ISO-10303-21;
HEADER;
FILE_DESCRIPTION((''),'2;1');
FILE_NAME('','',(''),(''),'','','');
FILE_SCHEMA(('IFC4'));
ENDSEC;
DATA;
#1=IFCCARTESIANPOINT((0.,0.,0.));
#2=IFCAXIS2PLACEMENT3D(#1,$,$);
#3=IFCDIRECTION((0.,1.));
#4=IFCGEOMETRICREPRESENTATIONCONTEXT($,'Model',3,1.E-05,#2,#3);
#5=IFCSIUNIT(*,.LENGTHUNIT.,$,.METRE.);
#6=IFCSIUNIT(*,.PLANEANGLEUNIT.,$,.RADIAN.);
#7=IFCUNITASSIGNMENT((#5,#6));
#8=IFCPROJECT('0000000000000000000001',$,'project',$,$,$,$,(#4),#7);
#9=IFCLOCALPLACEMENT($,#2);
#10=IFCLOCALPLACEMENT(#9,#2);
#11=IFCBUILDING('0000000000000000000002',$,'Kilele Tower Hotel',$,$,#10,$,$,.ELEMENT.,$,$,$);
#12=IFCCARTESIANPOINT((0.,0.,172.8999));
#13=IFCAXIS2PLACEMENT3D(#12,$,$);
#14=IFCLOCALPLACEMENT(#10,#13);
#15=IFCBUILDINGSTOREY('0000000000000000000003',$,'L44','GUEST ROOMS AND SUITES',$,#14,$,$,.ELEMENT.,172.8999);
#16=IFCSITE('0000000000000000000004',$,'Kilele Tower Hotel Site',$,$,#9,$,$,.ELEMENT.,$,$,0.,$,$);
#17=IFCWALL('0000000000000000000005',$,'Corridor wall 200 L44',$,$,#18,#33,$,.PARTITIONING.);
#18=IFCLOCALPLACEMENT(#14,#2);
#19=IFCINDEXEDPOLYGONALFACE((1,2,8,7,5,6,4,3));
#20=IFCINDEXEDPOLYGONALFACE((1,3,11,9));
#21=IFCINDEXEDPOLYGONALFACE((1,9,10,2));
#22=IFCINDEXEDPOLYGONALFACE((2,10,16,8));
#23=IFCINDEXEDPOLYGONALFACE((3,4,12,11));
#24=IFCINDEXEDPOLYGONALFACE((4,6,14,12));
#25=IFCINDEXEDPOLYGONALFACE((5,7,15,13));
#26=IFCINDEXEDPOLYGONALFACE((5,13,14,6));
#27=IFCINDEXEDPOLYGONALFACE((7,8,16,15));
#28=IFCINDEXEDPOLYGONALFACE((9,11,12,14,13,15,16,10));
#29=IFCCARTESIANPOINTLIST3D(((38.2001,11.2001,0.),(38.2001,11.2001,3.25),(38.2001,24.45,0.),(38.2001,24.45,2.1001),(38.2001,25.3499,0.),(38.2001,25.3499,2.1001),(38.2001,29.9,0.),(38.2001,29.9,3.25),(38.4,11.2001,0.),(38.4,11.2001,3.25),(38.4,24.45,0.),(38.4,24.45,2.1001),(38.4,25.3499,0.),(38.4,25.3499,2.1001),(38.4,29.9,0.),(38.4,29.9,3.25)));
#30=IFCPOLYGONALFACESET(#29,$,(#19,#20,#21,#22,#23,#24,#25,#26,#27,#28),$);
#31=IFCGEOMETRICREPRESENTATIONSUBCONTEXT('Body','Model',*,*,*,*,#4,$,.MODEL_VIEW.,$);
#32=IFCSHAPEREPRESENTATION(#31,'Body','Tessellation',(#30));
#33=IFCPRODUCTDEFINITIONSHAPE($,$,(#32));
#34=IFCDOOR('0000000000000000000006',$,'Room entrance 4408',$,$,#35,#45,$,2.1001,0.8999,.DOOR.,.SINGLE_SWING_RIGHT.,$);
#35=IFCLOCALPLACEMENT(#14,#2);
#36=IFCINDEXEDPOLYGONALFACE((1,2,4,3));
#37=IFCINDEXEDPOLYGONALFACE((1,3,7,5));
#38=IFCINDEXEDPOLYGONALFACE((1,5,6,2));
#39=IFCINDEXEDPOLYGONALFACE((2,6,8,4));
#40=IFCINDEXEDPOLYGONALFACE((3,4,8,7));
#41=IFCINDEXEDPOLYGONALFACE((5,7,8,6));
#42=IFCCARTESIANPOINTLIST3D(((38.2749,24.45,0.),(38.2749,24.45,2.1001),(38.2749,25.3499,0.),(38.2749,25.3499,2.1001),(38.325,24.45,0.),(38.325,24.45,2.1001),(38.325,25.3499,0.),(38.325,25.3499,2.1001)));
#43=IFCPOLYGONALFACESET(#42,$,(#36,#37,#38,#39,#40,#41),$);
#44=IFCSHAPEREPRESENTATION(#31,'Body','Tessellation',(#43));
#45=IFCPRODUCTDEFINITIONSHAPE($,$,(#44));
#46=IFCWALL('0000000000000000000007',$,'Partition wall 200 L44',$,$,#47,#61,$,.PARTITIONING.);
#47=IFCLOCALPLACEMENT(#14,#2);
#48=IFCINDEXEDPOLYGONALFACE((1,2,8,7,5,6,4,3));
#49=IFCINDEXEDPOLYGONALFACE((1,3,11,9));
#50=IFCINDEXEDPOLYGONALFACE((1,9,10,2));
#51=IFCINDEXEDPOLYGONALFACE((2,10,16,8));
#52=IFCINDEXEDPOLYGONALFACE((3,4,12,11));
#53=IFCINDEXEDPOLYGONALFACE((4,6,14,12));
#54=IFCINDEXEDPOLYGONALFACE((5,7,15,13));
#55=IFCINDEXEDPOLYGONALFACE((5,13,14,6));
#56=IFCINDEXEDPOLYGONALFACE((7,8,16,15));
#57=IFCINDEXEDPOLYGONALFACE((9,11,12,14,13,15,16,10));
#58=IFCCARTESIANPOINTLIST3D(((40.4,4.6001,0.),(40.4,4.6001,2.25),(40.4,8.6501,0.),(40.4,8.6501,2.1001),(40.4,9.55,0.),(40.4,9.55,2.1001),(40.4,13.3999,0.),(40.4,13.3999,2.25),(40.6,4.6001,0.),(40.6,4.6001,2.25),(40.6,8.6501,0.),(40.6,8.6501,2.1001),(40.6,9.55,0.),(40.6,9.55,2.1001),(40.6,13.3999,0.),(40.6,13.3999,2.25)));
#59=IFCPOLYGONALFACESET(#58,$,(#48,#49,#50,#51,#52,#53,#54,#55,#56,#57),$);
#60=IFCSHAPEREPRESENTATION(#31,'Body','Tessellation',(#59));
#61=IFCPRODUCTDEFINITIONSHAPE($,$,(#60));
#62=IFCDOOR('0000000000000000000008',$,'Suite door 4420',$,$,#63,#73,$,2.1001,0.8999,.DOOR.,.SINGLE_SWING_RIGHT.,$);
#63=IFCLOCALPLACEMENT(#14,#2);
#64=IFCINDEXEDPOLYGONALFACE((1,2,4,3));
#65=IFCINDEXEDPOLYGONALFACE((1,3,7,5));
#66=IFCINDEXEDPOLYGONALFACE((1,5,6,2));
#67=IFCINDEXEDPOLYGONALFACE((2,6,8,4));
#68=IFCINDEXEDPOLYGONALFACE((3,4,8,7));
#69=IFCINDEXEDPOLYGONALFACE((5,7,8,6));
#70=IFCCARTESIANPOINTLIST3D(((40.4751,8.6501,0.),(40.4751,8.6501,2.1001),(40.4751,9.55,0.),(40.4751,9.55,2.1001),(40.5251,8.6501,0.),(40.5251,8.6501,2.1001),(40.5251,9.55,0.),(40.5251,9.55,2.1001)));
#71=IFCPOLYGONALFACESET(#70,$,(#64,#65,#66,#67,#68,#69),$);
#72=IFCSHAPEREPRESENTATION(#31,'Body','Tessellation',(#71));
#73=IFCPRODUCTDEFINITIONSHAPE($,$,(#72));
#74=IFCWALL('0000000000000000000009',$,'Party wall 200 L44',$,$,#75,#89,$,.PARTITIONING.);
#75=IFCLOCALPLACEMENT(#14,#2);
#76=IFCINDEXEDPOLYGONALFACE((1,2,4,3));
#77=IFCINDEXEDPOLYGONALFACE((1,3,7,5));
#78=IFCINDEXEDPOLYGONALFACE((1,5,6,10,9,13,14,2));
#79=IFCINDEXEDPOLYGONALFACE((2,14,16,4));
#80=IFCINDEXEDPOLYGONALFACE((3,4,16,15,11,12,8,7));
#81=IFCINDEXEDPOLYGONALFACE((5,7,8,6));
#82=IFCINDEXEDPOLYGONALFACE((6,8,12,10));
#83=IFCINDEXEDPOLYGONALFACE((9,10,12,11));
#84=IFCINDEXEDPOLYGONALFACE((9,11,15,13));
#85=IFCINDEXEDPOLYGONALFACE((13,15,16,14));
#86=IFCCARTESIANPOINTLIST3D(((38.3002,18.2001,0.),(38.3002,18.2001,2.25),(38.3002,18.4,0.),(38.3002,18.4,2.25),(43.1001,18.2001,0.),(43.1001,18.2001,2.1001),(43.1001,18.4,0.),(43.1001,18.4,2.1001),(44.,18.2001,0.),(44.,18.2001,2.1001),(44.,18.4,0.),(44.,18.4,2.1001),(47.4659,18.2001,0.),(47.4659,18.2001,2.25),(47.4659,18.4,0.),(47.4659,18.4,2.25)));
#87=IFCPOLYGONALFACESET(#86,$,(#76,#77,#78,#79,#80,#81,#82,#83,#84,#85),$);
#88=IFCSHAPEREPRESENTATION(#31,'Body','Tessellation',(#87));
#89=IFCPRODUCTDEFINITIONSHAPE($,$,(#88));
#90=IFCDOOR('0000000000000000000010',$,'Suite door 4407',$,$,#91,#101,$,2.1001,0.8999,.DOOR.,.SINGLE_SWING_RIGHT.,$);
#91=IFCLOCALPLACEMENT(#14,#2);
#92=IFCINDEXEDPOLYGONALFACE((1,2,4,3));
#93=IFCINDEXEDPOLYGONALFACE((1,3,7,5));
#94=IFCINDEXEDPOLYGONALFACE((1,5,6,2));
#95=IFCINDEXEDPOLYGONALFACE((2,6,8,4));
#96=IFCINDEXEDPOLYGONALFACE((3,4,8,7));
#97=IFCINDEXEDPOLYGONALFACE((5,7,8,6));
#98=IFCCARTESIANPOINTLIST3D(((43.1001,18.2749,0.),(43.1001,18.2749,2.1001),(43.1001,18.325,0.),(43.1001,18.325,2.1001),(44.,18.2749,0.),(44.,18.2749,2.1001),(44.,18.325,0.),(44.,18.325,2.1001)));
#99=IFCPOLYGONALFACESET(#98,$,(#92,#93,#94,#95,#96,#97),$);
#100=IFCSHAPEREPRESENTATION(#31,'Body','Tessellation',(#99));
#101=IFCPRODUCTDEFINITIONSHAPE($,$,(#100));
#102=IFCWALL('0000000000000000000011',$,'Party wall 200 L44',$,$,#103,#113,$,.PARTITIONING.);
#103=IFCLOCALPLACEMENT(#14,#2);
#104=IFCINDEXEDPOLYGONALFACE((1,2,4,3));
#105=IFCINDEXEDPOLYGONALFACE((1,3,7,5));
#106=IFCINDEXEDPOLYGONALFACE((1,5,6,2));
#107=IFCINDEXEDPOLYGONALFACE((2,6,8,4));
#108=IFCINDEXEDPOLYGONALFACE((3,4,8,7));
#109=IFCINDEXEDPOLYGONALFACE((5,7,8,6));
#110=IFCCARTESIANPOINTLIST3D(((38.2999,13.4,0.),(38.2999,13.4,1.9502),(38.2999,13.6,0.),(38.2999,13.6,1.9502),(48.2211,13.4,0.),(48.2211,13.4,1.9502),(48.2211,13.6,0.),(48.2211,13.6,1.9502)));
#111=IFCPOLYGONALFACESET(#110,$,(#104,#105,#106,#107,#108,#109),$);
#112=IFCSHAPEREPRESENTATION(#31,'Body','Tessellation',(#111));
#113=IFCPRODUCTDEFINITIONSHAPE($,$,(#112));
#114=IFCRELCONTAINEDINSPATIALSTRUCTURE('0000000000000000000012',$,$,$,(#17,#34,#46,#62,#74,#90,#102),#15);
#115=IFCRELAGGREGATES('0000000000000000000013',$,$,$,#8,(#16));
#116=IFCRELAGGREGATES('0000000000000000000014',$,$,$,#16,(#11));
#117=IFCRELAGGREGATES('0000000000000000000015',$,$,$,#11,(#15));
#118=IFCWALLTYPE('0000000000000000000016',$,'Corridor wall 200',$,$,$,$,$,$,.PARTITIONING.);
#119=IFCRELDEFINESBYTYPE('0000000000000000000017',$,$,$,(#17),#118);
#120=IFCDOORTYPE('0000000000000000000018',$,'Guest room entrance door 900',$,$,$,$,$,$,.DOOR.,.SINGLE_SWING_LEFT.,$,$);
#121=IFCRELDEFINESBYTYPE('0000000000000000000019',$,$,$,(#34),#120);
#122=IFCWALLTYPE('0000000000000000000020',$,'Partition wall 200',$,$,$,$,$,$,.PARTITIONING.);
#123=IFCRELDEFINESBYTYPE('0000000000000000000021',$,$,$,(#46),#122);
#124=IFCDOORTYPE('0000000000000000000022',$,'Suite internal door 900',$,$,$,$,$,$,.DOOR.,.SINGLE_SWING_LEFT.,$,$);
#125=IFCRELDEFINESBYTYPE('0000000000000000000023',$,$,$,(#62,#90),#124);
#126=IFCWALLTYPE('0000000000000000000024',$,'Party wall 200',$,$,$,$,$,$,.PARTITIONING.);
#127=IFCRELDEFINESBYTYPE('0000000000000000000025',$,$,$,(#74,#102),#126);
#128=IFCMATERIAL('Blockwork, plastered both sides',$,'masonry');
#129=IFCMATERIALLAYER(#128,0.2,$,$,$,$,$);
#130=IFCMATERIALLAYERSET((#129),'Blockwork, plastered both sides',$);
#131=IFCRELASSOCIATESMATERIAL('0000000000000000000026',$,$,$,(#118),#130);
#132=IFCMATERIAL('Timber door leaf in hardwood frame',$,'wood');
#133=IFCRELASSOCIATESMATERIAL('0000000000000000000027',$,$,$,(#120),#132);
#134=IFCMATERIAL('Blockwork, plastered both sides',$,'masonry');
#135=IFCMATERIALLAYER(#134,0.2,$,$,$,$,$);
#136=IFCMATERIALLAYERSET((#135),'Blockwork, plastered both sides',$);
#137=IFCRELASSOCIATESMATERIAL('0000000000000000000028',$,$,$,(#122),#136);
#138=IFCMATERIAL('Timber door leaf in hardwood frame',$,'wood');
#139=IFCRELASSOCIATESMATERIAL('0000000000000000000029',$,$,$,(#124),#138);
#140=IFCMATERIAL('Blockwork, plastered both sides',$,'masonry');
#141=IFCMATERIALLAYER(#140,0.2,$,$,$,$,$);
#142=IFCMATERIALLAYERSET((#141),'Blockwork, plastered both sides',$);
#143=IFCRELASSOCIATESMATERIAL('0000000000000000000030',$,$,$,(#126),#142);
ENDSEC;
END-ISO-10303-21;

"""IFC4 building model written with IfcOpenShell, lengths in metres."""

from ifc_helpers import new_model, si_unit, direction, frame, frame_2d, origin, place, context, subcontext, project, spatial, rectangle, extrude, material, layer, layer_set, type_object, element, fill, save


model = new_model("IFC4")

# Units and contexts
model_context = context("Model", 3, precision=1e-05, world=origin(), true_north=direction((0.0, 1.0)))
body_context = subcontext(model_context, "Body", "Model", "MODEL_VIEW")
ifc_project = project(units=[si_unit("LENGTHUNIT", "METRE"), si_unit("PLANEANGLEUNIT", "RADIAN")], contexts=[model_context])

# Site, building, storey
site_placement = place(None, origin())
site = spatial("IfcSite", under=ifc_project, at=site_placement, Name="Kilele Tower Hotel Site", CompositionType="ELEMENT", RefElevation=0.0)
building_placement = place(site_placement, origin())
building = spatial("IfcBuilding", under=site, at=building_placement, Name="Kilele Tower Hotel", CompositionType="ELEMENT")
storey_placement = place(building_placement, frame((0.0, 0.0, 172.8999)))
storey = spatial("IfcBuildingStorey", under=building, at=storey_placement, Name="L44", Description="GUEST ROOMS AND SUITES", CompositionType="ELEMENT", Elevation=172.8999)

# Walls, openings, doors
ifc_material_1 = material(Name="Blockwork, plastered both sides", Category="masonry")
ifc_layer_1 = layer(ifc_material_1, 0.2)
ifc_layer_set_1 = layer_set([ifc_layer_1], Name="Blockwork, plastered both sides")
wall_type_1 = type_object("IfcWallType", Name="Corridor wall 200", PredefinedType="PARTITIONING", material=ifc_layer_set_1)
wall_1_placement = place(storey_placement, frame((38.3, 11.2, 0.0), z_axis=(0.0, 0.0, 1.0), x_axis=(0.0, 1.0, 0.0)))
wall_1 = element("IfcWall", 1, at=wall_1_placement, inside=storey, type_object=wall_type_1, Name="Corridor wall 200 L44", PredefinedType="PARTITIONING", context=body_context, shape_type="SweptSolid", body=[
    extrude(rectangle(XDim=18.7, YDim=0.2, at=frame_2d((9.3501, 0.0))), origin(), (0.0, 0.0, 1.0), 3.25),
])
opening_1_placement = place(wall_1_placement, frame((14.1499, 0.0, 0.0), z_axis=(0.0, 0.0, 1.0), x_axis=(-1.0, 0.0, 0.0)))
opening_1 = element("IfcOpeningElement", 2, at=opening_1_placement, cuts=wall_1, PredefinedType="OPENING", context=body_context, shape_type="SweptSolid", body=[
    extrude(rectangle(XDim=0.8999, YDim=2.1001, at=frame_2d((0.45, 1.05))), frame((0.0, 0.1099, 0.0), z_axis=(0.0, -1.0, 0.0), x_axis=(1.0, 0.0, 0.0)), (0.0, 0.0, 1.0), 0.22),
])
ifc_material_2 = material(Name="Timber door leaf in hardwood frame", Category="wood")
door_type_1 = type_object("IfcDoorType", Name="Guest room entrance door 900", OperationType="SINGLE_SWING_LEFT", PredefinedType="DOOR", material=ifc_material_2)
door_1_placement = place(opening_1_placement, origin())
door_1 = element("IfcDoor", 3, at=door_1_placement, inside=storey, type_object=door_type_1, Name="Room entrance 4408", OperationType="SINGLE_SWING_RIGHT", OverallHeight=2.1001, OverallWidth=0.8999, PredefinedType="DOOR", context=body_context, shape_type="SweptSolid", body=[
    extrude(rectangle(XDim=0.8999, YDim=2.1001, at=frame_2d((0.45, 1.05))), frame((0.0, 0.0249, 0.0), z_axis=(0.0, -1.0, 0.0), x_axis=(1.0, 0.0, 0.0)), (0.0, 0.0, 1.0), 0.05),
])
fill(opening_1, door_1)
ifc_material_3 = material(Name="Blockwork, plastered both sides", Category="masonry")
ifc_layer_2 = layer(ifc_material_3, 0.2)
ifc_layer_set_2 = layer_set([ifc_layer_2], Name="Blockwork, plastered both sides")
wall_type_2 = type_object("IfcWallType", Name="Partition wall 200", PredefinedType="PARTITIONING", material=ifc_layer_set_2)
wall_2_placement = place(storey_placement, frame((40.5, 4.6001, 0.0), z_axis=(0.0, 0.0, 1.0), x_axis=(0.0, 1.0, 0.0)))
wall_2 = element("IfcWall", 4, at=wall_2_placement, inside=storey, type_object=wall_type_2, Name="Partition wall 200 L44", PredefinedType="PARTITIONING", context=body_context, shape_type="SweptSolid", body=[
    extrude(rectangle(XDim=8.7998, YDim=0.2, at=frame_2d((4.3999, 0.0))), origin(), (0.0, 0.0, 1.0), 2.25),
])
opening_2_placement = place(wall_2_placement, frame((4.05, 0.0, 0.0)))
opening_2 = element("IfcOpeningElement", 5, at=opening_2_placement, cuts=wall_2, PredefinedType="OPENING", context=body_context, shape_type="SweptSolid", body=[
    extrude(rectangle(XDim=0.8999, YDim=2.1001, at=frame_2d((0.45, 1.05))), frame((0.0, 0.1099, 0.0), z_axis=(0.0, -1.0, 0.0), x_axis=(1.0, 0.0, 0.0)), (0.0, 0.0, 1.0), 0.22),
])
ifc_material_4 = material(Name="Timber door leaf in hardwood frame", Category="wood")
door_type_2 = type_object("IfcDoorType", Name="Suite internal door 900", OperationType="SINGLE_SWING_LEFT", PredefinedType="DOOR", material=ifc_material_4)
door_2_placement = place(opening_2_placement, origin())
door_2 = element("IfcDoor", 6, at=door_2_placement, inside=storey, type_object=door_type_2, Name="Suite door 4420", OperationType="SINGLE_SWING_RIGHT", OverallHeight=2.1001, OverallWidth=0.8999, PredefinedType="DOOR", context=body_context, shape_type="SweptSolid", body=[
    extrude(rectangle(XDim=0.8999, YDim=2.1001, at=frame_2d((0.45, 1.05))), frame((0.0, 0.0249, 0.0), z_axis=(0.0, -1.0, 0.0), x_axis=(1.0, 0.0, 0.0)), (0.0, 0.0, 1.0), 0.05),
])
fill(opening_2, door_2)
ifc_material_5 = material(Name="Blockwork, plastered both sides", Category="masonry")
ifc_layer_3 = layer(ifc_material_5, 0.2)
ifc_layer_set_3 = layer_set([ifc_layer_3], Name="Blockwork, plastered both sides")
wall_type_3 = type_object("IfcWallType", Name="Party wall 200", PredefinedType="PARTITIONING", material=ifc_layer_set_3)
wall_3_placement = place(storey_placement, frame((38.3, 18.3, 0.0), z_axis=(0.0, 0.0, 1.0), x_axis=(1.0, 0.0, 0.0)))
wall_3 = element("IfcWall", 7, at=wall_3_placement, inside=storey, type_object=wall_type_3, Name="Party wall 200 L44", PredefinedType="PARTITIONING", context=body_context, shape_type="SweptSolid", body=[
    extrude(rectangle(XDim=9.1658, YDim=0.2, at=frame_2d((4.583, 0.0))), origin(), (0.0, 0.0, 1.0), 2.25),
])
opening_3_placement = place(wall_3_placement, frame((4.8, 0.0, 0.0)))
opening_3 = element("IfcOpeningElement", 8, at=opening_3_placement, cuts=wall_3, PredefinedType="OPENING", context=body_context, shape_type="SweptSolid", body=[
    extrude(rectangle(XDim=0.8999, YDim=2.1001, at=frame_2d((0.45, 1.05))), frame((0.0, 0.1099, 0.0), z_axis=(0.0, -1.0, 0.0), x_axis=(1.0, 0.0, 0.0)), (0.0, 0.0, 1.0), 0.22),
])
door_3_placement = place(opening_3_placement, origin())
door_3 = element("IfcDoor", 9, at=door_3_placement, inside=storey, type_object=door_type_2, Name="Suite door 4407", OperationType="SINGLE_SWING_RIGHT", OverallHeight=2.1001, OverallWidth=0.8999, PredefinedType="DOOR", context=body_context, shape_type="SweptSolid", body=[
    extrude(rectangle(XDim=0.8999, YDim=2.1001, at=frame_2d((0.45, 1.05))), frame((0.0, 0.0249, 0.0), z_axis=(0.0, -1.0, 0.0), x_axis=(1.0, 0.0, 0.0)), (0.0, 0.0, 1.0), 0.05),
])
fill(opening_3, door_3)

# Wall
wall_4_placement = place(storey_placement, frame((38.3, 13.5, 0.0), z_axis=(0.0, 0.0, 1.0), x_axis=(1.0, 0.0, 0.0)))
element("IfcWall", 10, at=wall_4_placement, inside=storey, type_object=wall_type_3, Name="Party wall 200 L44", PredefinedType="PARTITIONING", context=body_context, shape_type="SweptSolid", body=[
    extrude(rectangle(XDim=9.9211, YDim=0.2, at=frame_2d((4.9604, 0.0))), origin(), (0.0, 0.0, 1.0), 1.9502),
])

save(model, "model.ifc")
